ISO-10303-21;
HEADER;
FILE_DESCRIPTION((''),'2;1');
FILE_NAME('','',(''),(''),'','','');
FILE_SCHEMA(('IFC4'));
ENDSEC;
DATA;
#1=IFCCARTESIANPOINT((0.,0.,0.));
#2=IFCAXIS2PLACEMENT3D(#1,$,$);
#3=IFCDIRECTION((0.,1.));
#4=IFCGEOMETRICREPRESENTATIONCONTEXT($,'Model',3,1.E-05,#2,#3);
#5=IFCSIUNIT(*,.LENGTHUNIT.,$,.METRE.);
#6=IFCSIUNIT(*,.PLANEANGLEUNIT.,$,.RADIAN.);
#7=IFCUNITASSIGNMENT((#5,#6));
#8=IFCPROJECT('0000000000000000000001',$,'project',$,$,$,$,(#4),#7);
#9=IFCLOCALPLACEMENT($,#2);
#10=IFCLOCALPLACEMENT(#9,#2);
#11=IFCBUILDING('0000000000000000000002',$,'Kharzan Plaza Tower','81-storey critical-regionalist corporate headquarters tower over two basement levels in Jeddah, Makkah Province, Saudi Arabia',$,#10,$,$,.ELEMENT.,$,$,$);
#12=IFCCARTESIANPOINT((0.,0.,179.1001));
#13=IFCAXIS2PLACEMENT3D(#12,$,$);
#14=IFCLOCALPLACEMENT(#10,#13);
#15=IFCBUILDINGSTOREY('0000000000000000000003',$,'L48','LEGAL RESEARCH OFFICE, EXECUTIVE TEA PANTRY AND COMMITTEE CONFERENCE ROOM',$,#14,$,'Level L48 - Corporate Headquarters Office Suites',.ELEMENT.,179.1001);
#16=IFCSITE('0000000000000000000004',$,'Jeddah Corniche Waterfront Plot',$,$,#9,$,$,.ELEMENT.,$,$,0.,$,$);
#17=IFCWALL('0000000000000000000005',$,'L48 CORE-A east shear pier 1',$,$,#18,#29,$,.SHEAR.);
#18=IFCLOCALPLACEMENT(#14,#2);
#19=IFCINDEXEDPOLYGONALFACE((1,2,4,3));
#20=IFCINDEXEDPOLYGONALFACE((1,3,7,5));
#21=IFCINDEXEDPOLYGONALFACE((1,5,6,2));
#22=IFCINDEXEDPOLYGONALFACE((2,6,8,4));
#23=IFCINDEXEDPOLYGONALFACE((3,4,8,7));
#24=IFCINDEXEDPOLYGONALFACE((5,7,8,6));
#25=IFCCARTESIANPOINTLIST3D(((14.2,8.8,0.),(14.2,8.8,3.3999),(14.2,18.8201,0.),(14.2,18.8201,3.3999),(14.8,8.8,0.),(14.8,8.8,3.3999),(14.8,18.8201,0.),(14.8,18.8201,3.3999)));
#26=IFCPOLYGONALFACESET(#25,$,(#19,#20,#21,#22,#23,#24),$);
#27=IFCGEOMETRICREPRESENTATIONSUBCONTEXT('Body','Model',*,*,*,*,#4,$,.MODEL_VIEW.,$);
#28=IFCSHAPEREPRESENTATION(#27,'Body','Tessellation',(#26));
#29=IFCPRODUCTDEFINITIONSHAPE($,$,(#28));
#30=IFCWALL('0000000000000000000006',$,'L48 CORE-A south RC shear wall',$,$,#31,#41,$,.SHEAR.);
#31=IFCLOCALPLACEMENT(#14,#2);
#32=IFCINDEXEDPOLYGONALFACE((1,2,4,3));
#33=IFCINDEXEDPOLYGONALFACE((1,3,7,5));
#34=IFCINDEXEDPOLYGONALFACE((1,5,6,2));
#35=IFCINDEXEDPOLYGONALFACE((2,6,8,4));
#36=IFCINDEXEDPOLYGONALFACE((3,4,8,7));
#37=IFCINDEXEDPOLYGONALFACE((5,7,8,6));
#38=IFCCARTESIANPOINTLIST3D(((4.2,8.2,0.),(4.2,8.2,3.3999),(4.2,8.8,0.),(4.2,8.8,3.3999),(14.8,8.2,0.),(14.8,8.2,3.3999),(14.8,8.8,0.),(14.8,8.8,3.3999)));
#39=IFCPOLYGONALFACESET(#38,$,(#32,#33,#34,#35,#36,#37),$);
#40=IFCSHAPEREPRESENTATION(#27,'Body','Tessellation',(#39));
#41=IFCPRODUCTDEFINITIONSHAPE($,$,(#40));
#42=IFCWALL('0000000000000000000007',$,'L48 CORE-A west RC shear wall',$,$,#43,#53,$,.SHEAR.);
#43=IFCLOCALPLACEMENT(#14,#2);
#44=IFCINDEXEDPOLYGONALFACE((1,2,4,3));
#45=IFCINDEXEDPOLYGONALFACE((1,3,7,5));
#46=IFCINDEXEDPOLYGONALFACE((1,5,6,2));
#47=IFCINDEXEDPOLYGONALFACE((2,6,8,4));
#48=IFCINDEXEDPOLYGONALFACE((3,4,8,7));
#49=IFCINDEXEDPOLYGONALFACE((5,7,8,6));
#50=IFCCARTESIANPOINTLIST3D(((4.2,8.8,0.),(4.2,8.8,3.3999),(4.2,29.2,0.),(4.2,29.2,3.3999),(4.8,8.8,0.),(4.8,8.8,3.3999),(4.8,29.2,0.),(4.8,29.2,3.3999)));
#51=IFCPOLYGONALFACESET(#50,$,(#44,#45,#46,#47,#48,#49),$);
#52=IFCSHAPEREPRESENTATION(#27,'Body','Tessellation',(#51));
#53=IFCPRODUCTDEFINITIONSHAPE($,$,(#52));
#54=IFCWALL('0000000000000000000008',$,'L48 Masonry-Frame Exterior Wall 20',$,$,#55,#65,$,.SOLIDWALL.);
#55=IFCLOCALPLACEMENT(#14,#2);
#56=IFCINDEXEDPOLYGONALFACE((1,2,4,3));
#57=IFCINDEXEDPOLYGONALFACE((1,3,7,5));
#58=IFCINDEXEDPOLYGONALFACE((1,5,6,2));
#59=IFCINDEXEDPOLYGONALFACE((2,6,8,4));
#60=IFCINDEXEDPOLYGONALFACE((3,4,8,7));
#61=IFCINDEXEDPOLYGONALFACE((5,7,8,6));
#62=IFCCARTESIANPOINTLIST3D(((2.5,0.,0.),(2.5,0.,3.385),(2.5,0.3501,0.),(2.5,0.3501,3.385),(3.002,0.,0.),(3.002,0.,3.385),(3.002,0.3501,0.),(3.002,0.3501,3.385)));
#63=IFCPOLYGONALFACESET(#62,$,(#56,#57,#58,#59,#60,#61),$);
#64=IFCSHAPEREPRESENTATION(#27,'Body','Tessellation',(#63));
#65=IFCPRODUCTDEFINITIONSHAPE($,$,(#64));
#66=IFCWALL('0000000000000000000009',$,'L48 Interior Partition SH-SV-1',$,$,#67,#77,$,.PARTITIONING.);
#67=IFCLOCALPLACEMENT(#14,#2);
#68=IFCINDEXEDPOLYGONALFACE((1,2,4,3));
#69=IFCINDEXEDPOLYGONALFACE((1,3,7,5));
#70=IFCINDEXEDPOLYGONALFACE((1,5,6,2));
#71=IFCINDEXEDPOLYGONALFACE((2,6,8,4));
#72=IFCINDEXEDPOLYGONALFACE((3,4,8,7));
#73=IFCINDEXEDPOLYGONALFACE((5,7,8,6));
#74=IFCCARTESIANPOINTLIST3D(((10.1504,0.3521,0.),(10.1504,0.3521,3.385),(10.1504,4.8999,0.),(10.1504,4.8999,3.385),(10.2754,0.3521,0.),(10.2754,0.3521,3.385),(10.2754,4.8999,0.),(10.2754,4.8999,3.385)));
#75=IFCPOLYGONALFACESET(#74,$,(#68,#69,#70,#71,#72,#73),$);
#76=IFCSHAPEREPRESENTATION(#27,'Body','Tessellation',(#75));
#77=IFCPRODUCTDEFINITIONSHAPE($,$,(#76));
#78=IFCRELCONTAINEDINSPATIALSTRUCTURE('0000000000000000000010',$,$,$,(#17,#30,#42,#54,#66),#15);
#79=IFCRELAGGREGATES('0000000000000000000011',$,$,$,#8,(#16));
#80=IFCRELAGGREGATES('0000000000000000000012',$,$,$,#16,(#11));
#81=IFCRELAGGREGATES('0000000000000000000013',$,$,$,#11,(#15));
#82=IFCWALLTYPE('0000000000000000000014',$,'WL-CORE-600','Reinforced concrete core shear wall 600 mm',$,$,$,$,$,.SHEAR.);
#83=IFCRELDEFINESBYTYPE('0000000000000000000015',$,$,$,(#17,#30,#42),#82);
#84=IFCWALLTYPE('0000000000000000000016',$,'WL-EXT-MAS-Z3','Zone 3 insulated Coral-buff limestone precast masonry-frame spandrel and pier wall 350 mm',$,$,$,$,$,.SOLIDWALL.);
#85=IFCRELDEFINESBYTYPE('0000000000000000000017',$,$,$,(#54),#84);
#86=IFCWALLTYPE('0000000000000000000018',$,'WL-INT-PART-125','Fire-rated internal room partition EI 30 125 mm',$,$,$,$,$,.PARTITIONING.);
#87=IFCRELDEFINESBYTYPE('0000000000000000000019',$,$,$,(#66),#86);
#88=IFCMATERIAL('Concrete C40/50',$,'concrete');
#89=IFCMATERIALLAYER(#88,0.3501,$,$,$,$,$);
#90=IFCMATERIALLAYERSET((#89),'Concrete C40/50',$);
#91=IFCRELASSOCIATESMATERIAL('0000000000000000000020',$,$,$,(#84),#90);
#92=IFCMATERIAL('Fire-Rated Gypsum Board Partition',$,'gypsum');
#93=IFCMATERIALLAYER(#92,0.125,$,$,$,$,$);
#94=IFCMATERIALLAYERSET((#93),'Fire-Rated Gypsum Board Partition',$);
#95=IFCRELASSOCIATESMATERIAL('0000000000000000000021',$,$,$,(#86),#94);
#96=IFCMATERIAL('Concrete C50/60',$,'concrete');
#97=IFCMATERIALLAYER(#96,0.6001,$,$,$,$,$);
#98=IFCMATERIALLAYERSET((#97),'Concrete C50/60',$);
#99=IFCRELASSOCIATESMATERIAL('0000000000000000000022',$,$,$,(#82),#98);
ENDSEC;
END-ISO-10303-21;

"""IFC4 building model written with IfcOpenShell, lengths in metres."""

from ifc_helpers import new_model, si_unit, direction, frame, frame_2d, origin, place, context, subcontext, project, spatial, rectangle, extrude, source, transform, mapped, material, layer, layer_set, type_object, element, save


model = new_model("IFC4")

# Units and contexts
model_context = context("Model", 3, precision=1e-05, world=origin(), true_north=direction((0.0, 1.0)))
body_context = subcontext(model_context, "Body", "Model", "MODEL_VIEW")
ifc_project = project(units=[si_unit("LENGTHUNIT", "METRE"), si_unit("PLANEANGLEUNIT", "RADIAN")], contexts=[model_context])

# Site, building, storey
site_placement = place(None, origin())
site = spatial("IfcSite", under=ifc_project, at=site_placement, Name="Jeddah Corniche Waterfront Plot", CompositionType="ELEMENT", RefElevation=0.0)
building_placement = place(site_placement, origin())
building = spatial("IfcBuilding", under=site, at=building_placement, Name="Kharzan Plaza Tower", Description="81-storey critical-regionalist corporate headquarters tower over two basement levels in Jeddah, Makkah Province, Saudi Arabia", CompositionType="ELEMENT")
storey_placement = place(building_placement, frame((0.0, 0.0, 179.1001)))
storey = spatial("IfcBuildingStorey", under=building, at=storey_placement, Name="L48", Description="LEGAL RESEARCH OFFICE, EXECUTIVE TEA PANTRY AND COMMITTEE CONFERENCE ROOM", LongName="Level L48 - Corporate Headquarters Office Suites", CompositionType="ELEMENT", Elevation=179.1001)

# Shared definitions
ifc_material_1 = material(Name="Concrete C50/60", Category="concrete")

# Shared definitions
ifc_material_2 = material(Name="Concrete C40/50", Category="concrete")
ifc_layer_1 = layer(ifc_material_2, 0.3501)
ifc_layer_set_1 = layer_set([ifc_layer_1], Name="Concrete C40/50")
wall_type_1 = type_object("IfcWallType", Name="WL-EXT-MAS-Z3", Description="Zone 3 insulated Coral-buff limestone precast masonry-frame spandrel and pier wall 350 mm", PredefinedType="SOLIDWALL", material=ifc_layer_set_1)

# Shared definitions
ifc_material_3 = material(Name="Fire-Rated Gypsum Board Partition", Category="gypsum")
ifc_layer_2 = layer(ifc_material_3, 0.125)
ifc_layer_set_2 = layer_set([ifc_layer_2], Name="Fire-Rated Gypsum Board Partition")
wall_type_2 = type_object("IfcWallType", Name="WL-INT-PART-125", Description="Fire-rated internal room partition EI 30 125 mm", PredefinedType="PARTITIONING", material=ifc_layer_set_2)

# Walls
ifc_layer_3 = layer(ifc_material_1, 0.6001)
ifc_layer_set_3 = layer_set([ifc_layer_3], Name="Concrete C50/60")
wall_type_3 = type_object("IfcWallType", Name="WL-CORE-600", Description="Reinforced concrete core shear wall 600 mm", PredefinedType="SHEAR", material=ifc_layer_set_3)
shared_shape_1 = source(origin(), body_context, "Body", "SweptSolid", [
    extrude(rectangle(XDim=10.02, YDim=0.6001, at=frame_2d((5.01, 0.0))), origin(), (0.0, 0.0, 1.0), 3.3999),
])
wall_1_placement = place(storey_placement, frame((14.5, 8.8, 0.0), z_axis=(0.0, 0.0, 1.0), x_axis=(0.0, 1.0, 0.0)))
element("IfcWall", 1, at=wall_1_placement, inside=storey, type_object=wall_type_3, Name="L48 CORE-A east shear pier 1", PredefinedType="SHEAR", context=body_context, shape_type="MappedRepresentation", body=[
    mapped(shared_shape_1, transform((0.0, 0.0, 0.0), x_axis=(1.0, 0.0, 0.0), y_axis=(0.0, 1.0, 0.0), z_axis=(0.0, 0.0, 1.0))),
])
shared_shape_2 = source(origin(), body_context, "Body", "SweptSolid", [
    extrude(rectangle(XDim=10.6001, YDim=0.6001, at=frame_2d((5.3, 0.0))), origin(), (0.0, 0.0, 1.0), 3.3999),
])
wall_2_placement = place(storey_placement, frame((4.2, 8.5, 0.0), z_axis=(0.0, 0.0, 1.0), x_axis=(1.0, 0.0, 0.0)))
element("IfcWall", 2, at=wall_2_placement, inside=storey, type_object=wall_type_3, Name="L48 CORE-A south RC shear wall", PredefinedType="SHEAR", context=body_context, shape_type="MappedRepresentation", body=[
    mapped(shared_shape_2, transform((0.0, 0.0, 0.0), x_axis=(1.0, 0.0, 0.0), y_axis=(0.0, 1.0, 0.0), z_axis=(0.0, 0.0, 1.0))),
])
shared_shape_3 = source(origin(), body_context, "Body", "SweptSolid", [
    extrude(rectangle(XDim=20.3999, YDim=0.6001, at=frame_2d((10.2, 0.0))), origin(), (0.0, 0.0, 1.0), 3.3999),
])
wall_3_placement = place(storey_placement, frame((4.5, 8.8, 0.0), z_axis=(0.0, 0.0, 1.0), x_axis=(0.0, 1.0, 0.0)))
element("IfcWall", 3, at=wall_3_placement, inside=storey, type_object=wall_type_3, Name="L48 CORE-A west RC shear wall", PredefinedType="SHEAR", context=body_context, shape_type="MappedRepresentation", body=[
    mapped(shared_shape_3, transform((0.0, 0.0, 0.0), x_axis=(1.0, 0.0, 0.0), y_axis=(0.0, 1.0, 0.0), z_axis=(0.0, 0.0, 1.0))),
])
shared_shape_4 = source(origin(), body_context, "Body", "SweptSolid", [
    extrude(rectangle(XDim=0.502, YDim=0.3501, at=frame_2d((0.251, 0.0))), origin(), (0.0, 0.0, 1.0), 3.385),
])
wall_4_placement = place(storey_placement, frame((2.5, 0.175, 0.0), z_axis=(0.0, 0.0, 1.0), x_axis=(1.0, 0.0, 0.0)))
element("IfcWall", 4, at=wall_4_placement, inside=storey, type_object=wall_type_1, Name="L48 Masonry-Frame Exterior Wall 20", PredefinedType="SOLIDWALL", context=body_context, shape_type="MappedRepresentation", body=[
    mapped(shared_shape_4, transform((0.0, 0.0, 0.0), x_axis=(1.0, 0.0, 0.0), y_axis=(0.0, 1.0, 0.0), z_axis=(0.0, 0.0, 1.0))),
])
shared_shape_5 = source(origin(), body_context, "Body", "SweptSolid", [
    extrude(rectangle(XDim=4.5479, YDim=0.125, at=frame_2d((2.2739, 0.0))), origin(), (0.0, 0.0, 1.0), 3.385),
])
wall_5_placement = place(storey_placement, frame((10.2129, 0.3521, 0.0), z_axis=(0.0, 0.0, 1.0), x_axis=(0.0, 1.0, 0.0)))
element("IfcWall", 5, at=wall_5_placement, inside=storey, type_object=wall_type_2, Name="L48 Interior Partition SH-SV-1", PredefinedType="PARTITIONING", context=body_context, shape_type="MappedRepresentation", body=[
    mapped(shared_shape_5, transform((0.0, 0.0, 0.0), x_axis=(1.0, 0.0, 0.0), y_axis=(0.0, 1.0, 0.0), z_axis=(0.0, 0.0, 1.0))),
])

save(model, "model.ifc")
